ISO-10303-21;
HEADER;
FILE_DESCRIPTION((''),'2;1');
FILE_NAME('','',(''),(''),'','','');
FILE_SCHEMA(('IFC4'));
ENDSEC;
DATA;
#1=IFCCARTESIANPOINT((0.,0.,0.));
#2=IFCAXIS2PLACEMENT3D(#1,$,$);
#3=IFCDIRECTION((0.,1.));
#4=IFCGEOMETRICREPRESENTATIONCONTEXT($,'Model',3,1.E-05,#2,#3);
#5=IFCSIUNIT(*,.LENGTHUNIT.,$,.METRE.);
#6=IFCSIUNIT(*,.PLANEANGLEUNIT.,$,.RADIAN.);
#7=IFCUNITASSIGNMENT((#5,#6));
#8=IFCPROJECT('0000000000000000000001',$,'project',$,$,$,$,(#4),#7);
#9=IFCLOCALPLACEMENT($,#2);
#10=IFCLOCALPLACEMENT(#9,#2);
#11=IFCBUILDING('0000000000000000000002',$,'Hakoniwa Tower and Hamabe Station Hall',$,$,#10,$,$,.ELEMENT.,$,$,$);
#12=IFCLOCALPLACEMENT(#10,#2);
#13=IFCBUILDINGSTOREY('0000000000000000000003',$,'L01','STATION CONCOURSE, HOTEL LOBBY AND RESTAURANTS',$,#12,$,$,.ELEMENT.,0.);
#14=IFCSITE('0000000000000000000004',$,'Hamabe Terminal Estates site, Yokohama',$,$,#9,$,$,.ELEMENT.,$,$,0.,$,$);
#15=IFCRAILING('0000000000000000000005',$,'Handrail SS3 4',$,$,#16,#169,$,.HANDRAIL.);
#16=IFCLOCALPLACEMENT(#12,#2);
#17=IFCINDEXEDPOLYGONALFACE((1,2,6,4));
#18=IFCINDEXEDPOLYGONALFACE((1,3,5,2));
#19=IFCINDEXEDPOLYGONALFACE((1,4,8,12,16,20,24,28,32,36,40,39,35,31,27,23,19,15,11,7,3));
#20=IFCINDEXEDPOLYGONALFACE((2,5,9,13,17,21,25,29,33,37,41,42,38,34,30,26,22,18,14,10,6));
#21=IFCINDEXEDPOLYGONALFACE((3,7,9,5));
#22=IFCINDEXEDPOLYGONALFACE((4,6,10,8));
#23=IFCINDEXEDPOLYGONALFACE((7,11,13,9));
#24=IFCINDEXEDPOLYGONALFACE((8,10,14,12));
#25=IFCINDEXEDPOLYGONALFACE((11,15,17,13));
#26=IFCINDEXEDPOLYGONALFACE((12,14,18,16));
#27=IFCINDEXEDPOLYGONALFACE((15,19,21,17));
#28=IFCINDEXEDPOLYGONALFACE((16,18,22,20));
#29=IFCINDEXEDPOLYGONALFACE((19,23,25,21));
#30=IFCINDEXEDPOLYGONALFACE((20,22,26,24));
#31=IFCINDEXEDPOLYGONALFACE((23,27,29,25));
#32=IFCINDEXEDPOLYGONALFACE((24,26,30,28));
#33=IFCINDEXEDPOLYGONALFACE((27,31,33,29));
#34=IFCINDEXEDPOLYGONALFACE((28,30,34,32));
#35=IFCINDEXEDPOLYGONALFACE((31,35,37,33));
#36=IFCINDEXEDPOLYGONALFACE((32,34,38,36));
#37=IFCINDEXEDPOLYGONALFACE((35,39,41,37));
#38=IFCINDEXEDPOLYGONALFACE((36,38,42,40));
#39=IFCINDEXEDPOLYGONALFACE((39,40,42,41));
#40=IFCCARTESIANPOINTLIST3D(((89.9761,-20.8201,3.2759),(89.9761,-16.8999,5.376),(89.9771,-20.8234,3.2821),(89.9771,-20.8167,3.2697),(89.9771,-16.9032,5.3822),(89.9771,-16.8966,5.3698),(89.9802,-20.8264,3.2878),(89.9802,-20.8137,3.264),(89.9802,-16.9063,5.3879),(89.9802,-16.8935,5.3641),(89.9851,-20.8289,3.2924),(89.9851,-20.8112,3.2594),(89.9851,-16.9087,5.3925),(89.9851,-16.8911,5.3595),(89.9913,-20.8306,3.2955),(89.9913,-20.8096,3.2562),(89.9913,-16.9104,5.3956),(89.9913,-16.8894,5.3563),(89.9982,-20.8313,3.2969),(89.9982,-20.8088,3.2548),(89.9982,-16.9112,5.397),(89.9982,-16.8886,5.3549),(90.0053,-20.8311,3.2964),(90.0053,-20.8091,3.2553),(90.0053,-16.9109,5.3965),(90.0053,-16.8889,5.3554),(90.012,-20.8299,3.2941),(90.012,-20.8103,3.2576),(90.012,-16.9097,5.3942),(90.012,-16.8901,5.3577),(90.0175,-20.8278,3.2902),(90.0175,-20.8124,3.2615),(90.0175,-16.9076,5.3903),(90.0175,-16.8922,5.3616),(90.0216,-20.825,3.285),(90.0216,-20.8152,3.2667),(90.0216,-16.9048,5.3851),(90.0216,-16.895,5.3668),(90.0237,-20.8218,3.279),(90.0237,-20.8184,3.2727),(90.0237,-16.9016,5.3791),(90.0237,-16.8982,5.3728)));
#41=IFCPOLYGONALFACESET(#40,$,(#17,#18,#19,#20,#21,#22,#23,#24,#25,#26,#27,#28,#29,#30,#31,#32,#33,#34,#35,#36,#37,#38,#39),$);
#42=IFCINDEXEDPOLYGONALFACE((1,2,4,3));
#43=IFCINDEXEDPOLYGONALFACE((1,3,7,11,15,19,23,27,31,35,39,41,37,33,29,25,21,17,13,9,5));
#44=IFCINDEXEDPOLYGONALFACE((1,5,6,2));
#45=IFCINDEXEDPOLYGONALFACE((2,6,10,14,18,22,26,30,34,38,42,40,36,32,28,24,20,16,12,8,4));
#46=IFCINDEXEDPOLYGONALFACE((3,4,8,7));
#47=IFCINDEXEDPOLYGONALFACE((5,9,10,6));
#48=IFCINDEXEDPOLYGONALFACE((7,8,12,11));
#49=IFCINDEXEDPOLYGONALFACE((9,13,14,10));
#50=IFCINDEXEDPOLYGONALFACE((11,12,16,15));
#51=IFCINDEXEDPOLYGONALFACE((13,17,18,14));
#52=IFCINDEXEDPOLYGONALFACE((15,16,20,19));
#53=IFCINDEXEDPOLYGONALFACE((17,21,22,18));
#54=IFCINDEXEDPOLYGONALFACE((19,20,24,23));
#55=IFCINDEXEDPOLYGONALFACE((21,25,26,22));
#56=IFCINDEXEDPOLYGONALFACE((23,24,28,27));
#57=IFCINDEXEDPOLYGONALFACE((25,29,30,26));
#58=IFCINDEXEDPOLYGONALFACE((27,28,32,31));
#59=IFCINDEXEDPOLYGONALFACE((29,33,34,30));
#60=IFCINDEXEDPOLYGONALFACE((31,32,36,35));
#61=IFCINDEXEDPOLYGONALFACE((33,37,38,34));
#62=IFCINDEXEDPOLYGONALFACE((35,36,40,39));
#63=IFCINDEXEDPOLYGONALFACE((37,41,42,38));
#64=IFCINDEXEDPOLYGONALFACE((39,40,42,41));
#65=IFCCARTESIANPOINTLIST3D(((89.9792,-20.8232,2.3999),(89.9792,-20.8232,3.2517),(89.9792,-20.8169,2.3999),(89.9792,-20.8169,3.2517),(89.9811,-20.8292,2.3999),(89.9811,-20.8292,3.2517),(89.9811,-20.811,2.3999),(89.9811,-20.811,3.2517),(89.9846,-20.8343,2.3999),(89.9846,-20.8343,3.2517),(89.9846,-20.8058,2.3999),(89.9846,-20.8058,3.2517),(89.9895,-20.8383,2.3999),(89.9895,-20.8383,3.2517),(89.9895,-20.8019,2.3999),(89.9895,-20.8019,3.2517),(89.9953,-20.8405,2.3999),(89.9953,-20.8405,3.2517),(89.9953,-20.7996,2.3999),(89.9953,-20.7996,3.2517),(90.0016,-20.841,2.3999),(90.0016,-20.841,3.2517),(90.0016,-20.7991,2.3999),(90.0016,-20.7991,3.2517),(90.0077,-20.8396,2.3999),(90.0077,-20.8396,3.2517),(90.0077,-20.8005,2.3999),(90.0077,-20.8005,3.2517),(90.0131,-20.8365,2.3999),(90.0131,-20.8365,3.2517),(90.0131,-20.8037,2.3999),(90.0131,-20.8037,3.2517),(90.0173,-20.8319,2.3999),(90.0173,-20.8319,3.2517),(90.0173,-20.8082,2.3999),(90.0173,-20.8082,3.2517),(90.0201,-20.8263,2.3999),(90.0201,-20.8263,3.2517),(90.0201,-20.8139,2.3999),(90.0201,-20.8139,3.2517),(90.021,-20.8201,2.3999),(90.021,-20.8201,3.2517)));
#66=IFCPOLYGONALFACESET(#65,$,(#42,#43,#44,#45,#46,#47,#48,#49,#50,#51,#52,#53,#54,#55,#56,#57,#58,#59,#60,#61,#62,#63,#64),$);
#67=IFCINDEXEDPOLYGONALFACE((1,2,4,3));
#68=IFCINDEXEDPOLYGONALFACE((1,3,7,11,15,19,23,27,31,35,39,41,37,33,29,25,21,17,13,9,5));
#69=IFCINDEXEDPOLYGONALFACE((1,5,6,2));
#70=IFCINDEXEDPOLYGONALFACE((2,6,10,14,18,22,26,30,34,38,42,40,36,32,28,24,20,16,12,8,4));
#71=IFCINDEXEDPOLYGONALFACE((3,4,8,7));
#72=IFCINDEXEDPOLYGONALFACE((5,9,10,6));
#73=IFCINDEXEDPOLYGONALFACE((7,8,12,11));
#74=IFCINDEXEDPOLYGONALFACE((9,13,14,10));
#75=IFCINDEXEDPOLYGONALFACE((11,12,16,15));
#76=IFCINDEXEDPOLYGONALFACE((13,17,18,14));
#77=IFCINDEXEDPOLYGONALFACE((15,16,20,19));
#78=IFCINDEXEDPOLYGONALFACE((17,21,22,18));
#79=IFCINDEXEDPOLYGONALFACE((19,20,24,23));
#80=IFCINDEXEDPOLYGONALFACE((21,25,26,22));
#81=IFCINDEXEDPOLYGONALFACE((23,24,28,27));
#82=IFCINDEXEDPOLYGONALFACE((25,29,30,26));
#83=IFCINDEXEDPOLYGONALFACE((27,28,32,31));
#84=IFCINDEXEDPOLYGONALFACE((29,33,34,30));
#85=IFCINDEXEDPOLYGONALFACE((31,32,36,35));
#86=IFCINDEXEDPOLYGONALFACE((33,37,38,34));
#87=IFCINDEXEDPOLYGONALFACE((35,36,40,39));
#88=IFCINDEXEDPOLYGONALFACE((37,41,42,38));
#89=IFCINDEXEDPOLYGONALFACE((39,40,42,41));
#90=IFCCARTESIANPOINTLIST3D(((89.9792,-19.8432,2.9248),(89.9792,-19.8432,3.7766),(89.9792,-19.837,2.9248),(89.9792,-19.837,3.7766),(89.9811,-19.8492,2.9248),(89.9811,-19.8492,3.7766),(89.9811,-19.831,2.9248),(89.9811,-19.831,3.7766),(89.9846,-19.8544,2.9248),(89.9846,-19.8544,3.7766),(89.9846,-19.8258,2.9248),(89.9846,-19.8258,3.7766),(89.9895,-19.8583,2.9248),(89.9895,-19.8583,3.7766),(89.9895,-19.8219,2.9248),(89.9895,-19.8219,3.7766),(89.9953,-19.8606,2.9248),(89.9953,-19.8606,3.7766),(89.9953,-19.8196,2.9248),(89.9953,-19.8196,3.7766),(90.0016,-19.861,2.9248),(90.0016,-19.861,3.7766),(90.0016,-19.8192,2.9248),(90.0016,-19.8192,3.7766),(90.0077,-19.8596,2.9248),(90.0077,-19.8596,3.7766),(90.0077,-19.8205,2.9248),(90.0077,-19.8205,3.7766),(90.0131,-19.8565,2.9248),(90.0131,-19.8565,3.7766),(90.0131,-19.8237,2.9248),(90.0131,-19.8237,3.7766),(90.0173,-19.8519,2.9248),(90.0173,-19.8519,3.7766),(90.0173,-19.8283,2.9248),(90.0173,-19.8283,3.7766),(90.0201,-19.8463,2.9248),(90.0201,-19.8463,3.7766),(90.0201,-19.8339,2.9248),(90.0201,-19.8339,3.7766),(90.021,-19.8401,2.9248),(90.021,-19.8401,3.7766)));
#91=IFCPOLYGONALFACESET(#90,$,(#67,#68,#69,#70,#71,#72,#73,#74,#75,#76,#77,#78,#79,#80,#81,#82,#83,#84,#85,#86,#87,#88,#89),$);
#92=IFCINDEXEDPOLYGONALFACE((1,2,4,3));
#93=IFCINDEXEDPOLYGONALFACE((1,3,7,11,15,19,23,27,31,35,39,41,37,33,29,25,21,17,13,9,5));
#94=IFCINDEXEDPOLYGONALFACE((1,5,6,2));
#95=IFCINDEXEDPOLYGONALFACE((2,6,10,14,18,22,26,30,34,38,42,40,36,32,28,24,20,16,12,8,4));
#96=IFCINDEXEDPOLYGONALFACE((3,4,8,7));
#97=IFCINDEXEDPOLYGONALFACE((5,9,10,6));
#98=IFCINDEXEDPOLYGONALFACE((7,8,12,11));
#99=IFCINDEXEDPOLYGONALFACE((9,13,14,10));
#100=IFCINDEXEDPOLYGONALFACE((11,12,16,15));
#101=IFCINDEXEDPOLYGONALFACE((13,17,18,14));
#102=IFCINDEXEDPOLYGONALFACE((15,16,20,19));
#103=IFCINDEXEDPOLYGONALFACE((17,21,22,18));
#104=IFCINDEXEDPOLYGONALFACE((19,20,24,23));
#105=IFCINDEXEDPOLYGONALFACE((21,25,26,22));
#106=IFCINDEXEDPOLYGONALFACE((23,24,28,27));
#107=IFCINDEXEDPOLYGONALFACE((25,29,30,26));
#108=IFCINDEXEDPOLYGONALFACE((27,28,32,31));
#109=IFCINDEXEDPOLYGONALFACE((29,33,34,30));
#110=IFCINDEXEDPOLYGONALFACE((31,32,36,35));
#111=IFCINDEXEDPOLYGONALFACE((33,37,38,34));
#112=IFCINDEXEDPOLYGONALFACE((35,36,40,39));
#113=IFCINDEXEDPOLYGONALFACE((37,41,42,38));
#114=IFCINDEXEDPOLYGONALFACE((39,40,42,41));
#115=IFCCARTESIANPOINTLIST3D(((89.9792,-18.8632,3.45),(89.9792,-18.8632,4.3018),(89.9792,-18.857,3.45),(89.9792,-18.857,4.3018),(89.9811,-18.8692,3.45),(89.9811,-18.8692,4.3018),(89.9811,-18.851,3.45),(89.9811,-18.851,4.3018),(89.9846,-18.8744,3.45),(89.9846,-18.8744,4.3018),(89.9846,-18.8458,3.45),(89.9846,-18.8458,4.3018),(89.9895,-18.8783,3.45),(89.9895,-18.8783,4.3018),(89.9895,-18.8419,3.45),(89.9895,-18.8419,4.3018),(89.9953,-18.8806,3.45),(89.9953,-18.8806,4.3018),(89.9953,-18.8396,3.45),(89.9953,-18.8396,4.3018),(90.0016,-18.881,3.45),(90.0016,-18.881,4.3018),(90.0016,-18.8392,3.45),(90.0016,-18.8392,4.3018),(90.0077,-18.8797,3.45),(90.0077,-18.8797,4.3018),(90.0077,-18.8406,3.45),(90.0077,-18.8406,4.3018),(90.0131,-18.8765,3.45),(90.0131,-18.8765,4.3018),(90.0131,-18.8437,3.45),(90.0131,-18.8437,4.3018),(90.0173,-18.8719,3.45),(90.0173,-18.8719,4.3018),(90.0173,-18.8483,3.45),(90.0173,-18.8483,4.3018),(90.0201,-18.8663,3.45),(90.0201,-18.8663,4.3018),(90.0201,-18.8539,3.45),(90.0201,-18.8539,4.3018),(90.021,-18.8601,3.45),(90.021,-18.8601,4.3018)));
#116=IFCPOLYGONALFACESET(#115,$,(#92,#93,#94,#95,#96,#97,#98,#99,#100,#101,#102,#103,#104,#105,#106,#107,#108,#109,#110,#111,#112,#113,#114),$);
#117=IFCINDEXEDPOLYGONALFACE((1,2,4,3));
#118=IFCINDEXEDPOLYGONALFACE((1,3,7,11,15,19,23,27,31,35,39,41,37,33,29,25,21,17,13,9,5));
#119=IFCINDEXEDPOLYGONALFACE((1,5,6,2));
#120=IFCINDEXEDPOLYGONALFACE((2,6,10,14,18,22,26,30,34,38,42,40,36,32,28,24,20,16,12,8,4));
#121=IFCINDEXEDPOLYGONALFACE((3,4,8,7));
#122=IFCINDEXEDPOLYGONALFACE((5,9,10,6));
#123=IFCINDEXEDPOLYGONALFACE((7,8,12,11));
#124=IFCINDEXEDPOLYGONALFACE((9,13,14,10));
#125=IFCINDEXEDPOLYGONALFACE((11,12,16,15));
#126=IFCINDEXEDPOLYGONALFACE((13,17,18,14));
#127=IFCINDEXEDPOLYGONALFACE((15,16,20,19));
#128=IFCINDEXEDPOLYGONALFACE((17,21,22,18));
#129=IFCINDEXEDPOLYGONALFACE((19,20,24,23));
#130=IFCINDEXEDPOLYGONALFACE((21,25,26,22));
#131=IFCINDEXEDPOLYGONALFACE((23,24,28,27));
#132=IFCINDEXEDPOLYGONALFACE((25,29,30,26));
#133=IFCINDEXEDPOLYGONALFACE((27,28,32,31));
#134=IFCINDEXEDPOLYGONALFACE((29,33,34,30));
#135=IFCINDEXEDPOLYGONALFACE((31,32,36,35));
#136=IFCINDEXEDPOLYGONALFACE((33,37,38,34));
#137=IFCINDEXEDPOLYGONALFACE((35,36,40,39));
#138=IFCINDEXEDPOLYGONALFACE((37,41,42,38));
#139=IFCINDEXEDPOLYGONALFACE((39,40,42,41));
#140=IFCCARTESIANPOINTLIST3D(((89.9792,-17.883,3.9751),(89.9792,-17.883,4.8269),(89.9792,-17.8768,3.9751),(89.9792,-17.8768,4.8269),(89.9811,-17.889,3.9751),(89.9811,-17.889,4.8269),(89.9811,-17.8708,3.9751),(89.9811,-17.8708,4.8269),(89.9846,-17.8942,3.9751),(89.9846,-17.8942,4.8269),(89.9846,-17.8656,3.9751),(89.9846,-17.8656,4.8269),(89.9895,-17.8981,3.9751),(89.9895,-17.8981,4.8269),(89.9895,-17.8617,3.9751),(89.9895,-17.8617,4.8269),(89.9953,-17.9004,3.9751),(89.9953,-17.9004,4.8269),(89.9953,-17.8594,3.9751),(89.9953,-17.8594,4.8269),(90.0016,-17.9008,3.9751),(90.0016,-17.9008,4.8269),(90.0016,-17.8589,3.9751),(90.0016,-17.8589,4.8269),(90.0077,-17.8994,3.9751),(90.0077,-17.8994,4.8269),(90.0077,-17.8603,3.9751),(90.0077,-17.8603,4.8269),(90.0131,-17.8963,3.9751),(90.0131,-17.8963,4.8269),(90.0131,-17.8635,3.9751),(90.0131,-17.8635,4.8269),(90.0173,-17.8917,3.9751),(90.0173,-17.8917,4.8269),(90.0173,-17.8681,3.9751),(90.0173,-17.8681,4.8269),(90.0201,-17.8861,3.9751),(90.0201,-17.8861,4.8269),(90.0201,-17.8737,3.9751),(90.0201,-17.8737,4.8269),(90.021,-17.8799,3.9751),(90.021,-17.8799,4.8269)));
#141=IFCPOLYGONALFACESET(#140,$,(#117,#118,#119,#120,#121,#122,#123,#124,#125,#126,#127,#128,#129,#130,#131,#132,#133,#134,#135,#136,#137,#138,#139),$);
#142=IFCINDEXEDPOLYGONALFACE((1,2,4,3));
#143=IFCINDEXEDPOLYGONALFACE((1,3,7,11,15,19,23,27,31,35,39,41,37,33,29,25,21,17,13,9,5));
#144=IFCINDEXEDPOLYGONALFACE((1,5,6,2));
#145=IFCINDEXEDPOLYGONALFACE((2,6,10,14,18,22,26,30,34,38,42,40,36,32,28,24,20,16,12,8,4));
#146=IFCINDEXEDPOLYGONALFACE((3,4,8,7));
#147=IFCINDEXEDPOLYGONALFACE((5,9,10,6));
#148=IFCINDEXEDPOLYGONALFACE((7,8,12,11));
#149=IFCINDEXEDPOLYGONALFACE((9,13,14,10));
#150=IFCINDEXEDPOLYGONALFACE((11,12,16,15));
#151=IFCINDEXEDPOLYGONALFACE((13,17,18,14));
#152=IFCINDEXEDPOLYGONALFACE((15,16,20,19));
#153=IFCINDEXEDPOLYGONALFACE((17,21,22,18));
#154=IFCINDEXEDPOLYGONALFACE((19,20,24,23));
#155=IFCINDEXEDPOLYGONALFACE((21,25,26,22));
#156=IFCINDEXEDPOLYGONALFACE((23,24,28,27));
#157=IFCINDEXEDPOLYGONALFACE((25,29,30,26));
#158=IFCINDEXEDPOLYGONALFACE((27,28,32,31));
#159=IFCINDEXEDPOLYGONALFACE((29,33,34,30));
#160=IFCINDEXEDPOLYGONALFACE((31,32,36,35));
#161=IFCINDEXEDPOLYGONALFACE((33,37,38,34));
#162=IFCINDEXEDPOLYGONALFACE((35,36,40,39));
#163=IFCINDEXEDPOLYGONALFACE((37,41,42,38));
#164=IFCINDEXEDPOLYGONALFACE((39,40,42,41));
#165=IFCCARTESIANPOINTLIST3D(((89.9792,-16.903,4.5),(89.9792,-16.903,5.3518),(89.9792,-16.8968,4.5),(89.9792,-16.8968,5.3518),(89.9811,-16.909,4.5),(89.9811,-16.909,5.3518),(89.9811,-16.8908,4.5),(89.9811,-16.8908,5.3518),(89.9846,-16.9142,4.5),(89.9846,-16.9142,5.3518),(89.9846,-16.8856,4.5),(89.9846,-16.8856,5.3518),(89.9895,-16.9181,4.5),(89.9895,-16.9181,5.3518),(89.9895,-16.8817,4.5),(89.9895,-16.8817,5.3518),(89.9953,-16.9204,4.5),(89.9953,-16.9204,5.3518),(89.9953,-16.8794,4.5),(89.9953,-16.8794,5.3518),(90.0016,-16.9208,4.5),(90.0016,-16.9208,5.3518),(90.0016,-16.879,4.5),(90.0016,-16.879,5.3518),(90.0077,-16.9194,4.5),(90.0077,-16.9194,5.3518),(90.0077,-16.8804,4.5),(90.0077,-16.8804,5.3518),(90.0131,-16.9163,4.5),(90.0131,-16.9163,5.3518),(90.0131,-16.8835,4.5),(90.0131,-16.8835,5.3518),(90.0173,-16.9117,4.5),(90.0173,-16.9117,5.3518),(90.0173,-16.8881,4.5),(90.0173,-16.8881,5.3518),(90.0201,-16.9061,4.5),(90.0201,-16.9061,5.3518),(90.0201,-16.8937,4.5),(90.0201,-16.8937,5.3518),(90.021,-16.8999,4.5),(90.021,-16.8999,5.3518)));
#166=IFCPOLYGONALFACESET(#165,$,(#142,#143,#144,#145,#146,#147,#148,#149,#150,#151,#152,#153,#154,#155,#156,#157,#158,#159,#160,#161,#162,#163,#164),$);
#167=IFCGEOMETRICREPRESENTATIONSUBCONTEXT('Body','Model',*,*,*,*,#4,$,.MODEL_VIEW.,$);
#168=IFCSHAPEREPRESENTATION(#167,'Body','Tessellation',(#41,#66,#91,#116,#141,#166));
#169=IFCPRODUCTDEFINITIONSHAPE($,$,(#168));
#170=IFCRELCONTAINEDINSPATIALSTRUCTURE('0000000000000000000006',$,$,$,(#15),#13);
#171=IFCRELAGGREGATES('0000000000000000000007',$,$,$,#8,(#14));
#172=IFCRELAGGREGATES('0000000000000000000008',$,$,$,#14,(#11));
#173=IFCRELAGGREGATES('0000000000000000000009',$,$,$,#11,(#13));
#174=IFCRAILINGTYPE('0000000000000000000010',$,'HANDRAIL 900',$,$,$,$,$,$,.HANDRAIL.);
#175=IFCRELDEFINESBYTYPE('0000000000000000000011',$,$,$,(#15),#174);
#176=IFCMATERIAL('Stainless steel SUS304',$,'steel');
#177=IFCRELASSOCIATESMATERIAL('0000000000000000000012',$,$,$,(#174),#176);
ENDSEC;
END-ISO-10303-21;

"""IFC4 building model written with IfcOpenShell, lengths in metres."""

from ifc_helpers import new_model, si_unit, direction, frame, origin, origin_2d, place, context, subcontext, project, spatial, circle, extrude, material, type_object, element, save


model = new_model("IFC4")

# Units and contexts
model_context = context("Model", 3, precision=1e-05, world=origin(), true_north=direction((0.0, 1.0)))
body_context = subcontext(model_context, "Body", "Model", "MODEL_VIEW")
ifc_project = project(units=[si_unit("LENGTHUNIT", "METRE"), si_unit("PLANEANGLEUNIT", "RADIAN")], contexts=[model_context])

# Site, building, storey
site_placement = place(None, origin())
site = spatial("IfcSite", under=ifc_project, at=site_placement, Name="Hamabe Terminal Estates site, Yokohama", CompositionType="ELEMENT", RefElevation=0.0)
building_placement = place(site_placement, origin())
building = spatial("IfcBuilding", under=site, at=building_placement, Name="Hakoniwa Tower and Hamabe Station Hall", CompositionType="ELEMENT")
storey_placement = place(building_placement, origin())
storey = spatial("IfcBuildingStorey", under=building, at=storey_placement, Name="L01", Description="STATION CONCOURSE, HOTEL LOBBY AND RESTAURANTS", CompositionType="ELEMENT", Elevation=0.0)

# Railing
ifc_material_1 = material(Name="Stainless steel SUS304", Category="steel")
railing_type = type_object("IfcRailingType", Name="HANDRAIL 900", PredefinedType="HANDRAIL", material=ifc_material_1)
for number, where, name in (
    (1, (90.0, -20.8201, 2.3999), "Handrail SS3 4"),
):
    element("IfcRailing", number, at=place(storey_placement, frame(where)), inside=storey, type_object=railing_type, Name=name, PredefinedType="HANDRAIL", context=body_context, shape_type="SweptSolid", body=[
        extrude(circle(Radius=0.0239, at=origin_2d()), frame((0.0, 0.0, 0.876), z_axis=(0.0, 0.881479, 0.472223), x_axis=(-1.0, 0.0, 0.0)), (0.0, 0.0, 1.0), 4.4473),
        extrude(circle(Radius=0.021, at=origin_2d()), origin(), (0.0, 0.0, 1.0), 0.8518),
        extrude(circle(Radius=0.021, at=origin_2d()), frame((0.0, 0.98, 0.5249)), (0.0, 0.0, 1.0), 0.8518),
        extrude(circle(Radius=0.021, at=origin_2d()), frame((0.0, 1.96, 1.05)), (0.0, 0.0, 1.0), 0.8518),
        extrude(circle(Radius=0.021, at=origin_2d()), frame((0.0, 2.9402, 1.5752)), (0.0, 0.0, 1.0), 0.8518),
        extrude(circle(Radius=0.021, at=origin_2d()), frame((0.0, 3.9202, 2.1001)), (0.0, 0.0, 1.0), 0.8518),
    ])

save(model, "model.ifc")
